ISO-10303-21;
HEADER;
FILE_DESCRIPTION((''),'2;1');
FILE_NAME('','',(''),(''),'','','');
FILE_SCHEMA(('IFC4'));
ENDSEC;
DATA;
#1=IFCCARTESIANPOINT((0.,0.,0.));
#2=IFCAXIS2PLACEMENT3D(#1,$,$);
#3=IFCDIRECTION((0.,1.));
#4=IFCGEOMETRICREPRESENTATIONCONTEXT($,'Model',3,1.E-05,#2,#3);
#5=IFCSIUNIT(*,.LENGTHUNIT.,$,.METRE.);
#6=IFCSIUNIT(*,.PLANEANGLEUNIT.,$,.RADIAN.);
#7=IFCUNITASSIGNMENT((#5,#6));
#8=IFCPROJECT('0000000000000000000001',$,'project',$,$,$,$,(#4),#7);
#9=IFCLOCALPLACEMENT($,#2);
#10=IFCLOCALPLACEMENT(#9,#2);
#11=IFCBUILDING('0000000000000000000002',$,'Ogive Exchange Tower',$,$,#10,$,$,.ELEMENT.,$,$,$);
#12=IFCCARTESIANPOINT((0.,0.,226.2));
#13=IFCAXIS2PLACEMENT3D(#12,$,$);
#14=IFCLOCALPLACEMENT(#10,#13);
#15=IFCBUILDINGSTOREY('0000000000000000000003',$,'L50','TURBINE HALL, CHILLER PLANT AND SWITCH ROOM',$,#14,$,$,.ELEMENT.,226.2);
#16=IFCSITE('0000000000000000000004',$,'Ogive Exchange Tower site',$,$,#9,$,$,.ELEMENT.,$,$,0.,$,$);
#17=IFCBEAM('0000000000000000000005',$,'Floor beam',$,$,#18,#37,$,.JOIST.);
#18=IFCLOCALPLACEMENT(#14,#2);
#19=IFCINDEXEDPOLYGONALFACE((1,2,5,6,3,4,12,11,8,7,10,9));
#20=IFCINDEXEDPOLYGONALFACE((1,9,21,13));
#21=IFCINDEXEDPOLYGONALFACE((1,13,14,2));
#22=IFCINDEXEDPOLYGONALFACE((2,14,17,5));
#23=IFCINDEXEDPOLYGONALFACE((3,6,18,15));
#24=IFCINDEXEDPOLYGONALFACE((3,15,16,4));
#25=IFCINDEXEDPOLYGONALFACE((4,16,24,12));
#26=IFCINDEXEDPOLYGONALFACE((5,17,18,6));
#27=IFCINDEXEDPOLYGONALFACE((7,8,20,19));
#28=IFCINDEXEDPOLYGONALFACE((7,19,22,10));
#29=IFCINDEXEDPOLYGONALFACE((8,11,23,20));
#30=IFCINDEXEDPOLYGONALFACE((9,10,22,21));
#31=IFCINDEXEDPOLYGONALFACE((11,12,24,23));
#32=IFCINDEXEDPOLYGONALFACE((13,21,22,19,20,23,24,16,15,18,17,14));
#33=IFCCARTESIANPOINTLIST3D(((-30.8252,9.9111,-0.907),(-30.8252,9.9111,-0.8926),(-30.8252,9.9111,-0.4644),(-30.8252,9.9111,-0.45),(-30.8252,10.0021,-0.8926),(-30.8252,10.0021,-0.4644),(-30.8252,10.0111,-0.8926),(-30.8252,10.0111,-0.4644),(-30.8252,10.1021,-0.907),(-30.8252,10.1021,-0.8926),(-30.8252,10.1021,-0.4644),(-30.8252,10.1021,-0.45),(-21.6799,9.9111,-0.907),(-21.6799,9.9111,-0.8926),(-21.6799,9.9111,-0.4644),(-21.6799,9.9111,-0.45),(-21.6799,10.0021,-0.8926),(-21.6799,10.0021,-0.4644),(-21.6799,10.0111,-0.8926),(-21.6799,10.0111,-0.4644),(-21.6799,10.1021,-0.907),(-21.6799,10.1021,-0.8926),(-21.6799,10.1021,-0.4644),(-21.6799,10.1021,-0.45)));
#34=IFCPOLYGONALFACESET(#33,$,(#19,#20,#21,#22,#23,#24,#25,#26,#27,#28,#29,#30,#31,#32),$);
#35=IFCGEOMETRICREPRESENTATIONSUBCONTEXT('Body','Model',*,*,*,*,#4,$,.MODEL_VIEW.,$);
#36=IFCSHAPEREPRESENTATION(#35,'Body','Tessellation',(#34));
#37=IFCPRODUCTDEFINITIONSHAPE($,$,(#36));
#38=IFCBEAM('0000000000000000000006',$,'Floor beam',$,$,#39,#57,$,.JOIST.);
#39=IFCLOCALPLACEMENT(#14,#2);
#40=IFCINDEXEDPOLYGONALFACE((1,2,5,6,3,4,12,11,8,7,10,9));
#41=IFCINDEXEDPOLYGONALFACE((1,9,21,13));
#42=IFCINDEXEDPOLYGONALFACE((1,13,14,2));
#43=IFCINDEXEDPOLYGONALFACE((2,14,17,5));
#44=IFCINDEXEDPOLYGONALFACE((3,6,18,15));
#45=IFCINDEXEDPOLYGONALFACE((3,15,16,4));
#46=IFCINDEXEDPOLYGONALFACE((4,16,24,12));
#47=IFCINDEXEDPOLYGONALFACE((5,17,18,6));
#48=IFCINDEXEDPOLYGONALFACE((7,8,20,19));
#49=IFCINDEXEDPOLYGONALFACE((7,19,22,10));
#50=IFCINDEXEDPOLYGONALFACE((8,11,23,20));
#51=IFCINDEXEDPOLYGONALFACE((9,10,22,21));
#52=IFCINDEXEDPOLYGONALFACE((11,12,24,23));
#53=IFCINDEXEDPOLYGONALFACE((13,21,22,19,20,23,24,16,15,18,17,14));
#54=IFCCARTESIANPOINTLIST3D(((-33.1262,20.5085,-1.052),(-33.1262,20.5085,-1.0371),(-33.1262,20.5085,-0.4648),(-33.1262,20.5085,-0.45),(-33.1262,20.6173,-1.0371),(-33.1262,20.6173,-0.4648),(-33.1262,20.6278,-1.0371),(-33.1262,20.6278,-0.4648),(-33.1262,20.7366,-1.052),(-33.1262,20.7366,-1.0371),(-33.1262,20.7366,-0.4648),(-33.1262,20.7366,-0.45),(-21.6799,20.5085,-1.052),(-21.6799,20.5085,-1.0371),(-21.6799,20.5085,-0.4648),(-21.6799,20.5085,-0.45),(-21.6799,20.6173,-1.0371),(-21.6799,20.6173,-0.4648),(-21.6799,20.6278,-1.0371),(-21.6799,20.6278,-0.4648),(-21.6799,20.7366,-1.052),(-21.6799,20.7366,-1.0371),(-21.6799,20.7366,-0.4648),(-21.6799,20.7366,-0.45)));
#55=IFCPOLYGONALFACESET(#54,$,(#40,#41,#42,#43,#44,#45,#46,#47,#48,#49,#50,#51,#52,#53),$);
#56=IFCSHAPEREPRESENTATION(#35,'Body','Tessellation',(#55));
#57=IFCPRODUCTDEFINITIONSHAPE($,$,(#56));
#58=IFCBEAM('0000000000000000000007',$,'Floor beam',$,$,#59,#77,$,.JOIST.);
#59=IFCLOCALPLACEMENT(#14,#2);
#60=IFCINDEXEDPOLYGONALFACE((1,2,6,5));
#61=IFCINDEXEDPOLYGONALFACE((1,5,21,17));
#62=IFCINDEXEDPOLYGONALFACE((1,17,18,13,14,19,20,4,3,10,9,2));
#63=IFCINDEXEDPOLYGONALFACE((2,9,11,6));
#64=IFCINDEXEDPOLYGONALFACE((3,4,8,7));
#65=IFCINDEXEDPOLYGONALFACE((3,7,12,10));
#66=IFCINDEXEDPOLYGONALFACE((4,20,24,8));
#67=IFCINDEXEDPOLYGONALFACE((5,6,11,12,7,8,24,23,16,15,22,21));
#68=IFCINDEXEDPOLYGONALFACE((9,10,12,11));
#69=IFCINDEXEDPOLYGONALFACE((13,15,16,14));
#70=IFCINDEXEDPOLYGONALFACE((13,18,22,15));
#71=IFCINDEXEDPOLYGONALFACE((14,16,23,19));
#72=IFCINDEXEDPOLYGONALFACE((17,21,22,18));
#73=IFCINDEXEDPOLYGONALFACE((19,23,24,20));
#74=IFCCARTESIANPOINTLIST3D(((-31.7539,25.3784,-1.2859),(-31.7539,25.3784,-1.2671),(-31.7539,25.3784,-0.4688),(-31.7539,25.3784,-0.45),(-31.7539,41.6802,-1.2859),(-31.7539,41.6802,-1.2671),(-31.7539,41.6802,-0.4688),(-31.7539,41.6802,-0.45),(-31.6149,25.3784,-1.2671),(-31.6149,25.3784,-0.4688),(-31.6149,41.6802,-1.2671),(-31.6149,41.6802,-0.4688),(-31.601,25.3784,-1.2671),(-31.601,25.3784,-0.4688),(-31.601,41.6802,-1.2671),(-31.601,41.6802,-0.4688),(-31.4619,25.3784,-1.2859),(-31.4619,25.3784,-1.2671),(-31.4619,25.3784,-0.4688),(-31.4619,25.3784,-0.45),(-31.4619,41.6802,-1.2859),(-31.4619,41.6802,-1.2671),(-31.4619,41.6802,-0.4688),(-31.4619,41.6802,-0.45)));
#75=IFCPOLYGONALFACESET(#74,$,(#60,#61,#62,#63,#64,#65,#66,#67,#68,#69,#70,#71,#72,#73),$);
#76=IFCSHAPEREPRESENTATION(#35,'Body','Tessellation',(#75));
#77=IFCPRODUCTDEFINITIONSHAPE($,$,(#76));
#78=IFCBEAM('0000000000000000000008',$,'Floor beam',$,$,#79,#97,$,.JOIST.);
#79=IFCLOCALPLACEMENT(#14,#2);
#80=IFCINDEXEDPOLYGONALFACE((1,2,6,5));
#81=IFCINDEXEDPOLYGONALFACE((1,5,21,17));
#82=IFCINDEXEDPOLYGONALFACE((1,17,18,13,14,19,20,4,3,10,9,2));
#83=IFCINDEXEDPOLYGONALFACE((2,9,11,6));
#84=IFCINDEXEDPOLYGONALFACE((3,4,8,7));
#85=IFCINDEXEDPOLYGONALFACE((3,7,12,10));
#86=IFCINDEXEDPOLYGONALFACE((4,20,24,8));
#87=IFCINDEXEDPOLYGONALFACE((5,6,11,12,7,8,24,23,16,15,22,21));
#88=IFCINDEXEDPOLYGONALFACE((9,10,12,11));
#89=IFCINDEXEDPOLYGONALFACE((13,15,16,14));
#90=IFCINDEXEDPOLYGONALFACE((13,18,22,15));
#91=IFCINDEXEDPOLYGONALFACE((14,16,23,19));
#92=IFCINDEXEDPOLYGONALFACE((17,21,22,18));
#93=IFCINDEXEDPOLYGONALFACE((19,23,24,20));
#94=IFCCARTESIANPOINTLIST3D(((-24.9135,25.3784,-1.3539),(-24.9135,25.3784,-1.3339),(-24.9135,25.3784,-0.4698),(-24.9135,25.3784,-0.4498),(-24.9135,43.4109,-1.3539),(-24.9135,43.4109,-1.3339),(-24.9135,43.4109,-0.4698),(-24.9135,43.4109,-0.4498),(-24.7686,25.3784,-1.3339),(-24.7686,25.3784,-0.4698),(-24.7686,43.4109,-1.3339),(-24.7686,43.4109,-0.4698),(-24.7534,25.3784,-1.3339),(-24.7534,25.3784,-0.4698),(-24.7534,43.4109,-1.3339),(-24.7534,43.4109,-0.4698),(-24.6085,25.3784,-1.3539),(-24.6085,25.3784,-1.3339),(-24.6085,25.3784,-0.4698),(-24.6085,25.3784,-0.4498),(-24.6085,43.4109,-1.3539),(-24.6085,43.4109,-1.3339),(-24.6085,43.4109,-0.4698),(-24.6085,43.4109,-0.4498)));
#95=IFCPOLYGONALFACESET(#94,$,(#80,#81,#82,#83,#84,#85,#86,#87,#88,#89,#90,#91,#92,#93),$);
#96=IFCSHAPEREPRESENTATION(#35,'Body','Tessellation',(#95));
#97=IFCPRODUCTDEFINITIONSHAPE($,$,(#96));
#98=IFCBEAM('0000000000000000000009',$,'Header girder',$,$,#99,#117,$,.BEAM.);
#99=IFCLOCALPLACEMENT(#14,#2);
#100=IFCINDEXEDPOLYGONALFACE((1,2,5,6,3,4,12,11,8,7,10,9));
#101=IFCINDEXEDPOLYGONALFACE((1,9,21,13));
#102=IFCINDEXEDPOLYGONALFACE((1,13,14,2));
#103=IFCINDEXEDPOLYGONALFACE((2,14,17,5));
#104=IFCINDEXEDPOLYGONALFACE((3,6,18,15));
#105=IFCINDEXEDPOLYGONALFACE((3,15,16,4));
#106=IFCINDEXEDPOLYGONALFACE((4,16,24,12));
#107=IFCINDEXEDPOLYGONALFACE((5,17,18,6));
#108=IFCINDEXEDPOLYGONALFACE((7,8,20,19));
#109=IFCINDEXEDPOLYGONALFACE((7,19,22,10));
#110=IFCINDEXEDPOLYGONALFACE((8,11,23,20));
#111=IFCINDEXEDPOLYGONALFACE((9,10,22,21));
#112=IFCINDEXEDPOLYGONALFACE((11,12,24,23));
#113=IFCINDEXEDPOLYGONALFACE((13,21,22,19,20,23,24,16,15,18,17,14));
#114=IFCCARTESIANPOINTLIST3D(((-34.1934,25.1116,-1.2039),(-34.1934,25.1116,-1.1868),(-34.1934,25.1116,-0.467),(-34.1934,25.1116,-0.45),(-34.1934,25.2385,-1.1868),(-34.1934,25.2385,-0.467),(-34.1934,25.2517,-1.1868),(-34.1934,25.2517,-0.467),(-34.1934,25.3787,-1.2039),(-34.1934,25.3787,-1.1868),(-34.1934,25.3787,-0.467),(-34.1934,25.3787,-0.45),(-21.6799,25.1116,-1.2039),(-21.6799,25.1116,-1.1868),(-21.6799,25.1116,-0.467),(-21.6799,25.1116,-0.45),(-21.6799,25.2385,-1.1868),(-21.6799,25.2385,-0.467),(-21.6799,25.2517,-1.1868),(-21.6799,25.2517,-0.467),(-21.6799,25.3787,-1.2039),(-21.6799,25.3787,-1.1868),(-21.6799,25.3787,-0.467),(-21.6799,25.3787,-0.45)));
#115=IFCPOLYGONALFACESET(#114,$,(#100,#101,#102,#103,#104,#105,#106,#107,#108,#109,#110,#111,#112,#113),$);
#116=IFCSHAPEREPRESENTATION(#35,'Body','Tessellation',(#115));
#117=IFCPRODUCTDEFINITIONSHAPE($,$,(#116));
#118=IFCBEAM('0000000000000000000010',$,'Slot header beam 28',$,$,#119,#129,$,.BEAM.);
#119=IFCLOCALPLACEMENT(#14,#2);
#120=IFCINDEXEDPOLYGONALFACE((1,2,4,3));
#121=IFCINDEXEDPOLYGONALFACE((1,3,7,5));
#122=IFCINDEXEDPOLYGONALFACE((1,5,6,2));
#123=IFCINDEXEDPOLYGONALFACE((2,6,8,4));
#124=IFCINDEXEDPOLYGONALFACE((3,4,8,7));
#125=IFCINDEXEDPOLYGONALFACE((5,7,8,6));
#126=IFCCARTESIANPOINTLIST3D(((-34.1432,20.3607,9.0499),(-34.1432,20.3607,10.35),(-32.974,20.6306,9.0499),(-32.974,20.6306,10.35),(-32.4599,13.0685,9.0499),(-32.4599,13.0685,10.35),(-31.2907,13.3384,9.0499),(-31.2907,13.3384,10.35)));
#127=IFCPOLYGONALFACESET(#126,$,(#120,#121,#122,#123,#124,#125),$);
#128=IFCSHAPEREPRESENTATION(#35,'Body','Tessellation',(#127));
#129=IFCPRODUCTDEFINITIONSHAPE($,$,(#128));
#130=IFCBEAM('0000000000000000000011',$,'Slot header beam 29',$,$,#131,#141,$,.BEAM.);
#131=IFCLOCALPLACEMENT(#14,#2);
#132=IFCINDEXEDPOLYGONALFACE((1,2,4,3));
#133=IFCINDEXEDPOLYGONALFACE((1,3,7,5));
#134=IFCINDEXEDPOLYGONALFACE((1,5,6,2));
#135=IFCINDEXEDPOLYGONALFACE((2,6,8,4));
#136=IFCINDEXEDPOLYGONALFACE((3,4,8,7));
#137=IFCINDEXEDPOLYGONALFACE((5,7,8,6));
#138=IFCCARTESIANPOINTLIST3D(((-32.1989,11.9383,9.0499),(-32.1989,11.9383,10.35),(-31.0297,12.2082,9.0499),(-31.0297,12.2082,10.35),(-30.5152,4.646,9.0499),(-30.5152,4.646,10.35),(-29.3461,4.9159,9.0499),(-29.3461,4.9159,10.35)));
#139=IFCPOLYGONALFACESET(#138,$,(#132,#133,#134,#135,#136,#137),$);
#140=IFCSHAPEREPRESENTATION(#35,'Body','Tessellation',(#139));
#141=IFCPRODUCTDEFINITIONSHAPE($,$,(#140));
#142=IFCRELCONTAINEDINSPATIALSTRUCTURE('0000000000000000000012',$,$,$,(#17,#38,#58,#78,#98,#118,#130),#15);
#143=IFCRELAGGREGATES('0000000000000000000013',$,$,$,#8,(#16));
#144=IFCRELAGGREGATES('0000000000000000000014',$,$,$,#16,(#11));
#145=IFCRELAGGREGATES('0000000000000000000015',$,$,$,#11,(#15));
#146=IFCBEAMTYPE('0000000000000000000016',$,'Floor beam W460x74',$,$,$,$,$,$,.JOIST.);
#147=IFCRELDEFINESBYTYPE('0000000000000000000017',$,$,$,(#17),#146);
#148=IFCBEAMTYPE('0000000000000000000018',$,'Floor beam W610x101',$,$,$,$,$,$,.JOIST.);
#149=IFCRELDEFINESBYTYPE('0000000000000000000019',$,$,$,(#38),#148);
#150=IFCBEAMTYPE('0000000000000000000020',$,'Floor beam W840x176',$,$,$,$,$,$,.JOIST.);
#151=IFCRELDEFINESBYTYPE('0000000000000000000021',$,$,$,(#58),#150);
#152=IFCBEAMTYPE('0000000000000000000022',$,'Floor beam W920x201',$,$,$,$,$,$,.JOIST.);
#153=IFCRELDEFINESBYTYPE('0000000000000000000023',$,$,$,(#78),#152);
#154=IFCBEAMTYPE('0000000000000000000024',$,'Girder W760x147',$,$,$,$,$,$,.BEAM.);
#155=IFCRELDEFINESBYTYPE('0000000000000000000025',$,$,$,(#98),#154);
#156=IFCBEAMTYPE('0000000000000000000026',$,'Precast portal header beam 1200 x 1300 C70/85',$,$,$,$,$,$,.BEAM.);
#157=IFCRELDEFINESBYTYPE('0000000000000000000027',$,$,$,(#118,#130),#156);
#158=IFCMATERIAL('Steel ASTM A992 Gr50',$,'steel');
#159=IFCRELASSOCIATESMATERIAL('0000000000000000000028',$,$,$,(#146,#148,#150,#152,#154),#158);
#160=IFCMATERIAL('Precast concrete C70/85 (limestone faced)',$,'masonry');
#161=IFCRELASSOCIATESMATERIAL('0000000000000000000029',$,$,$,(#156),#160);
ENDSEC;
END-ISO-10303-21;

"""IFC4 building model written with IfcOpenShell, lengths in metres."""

from ifc_helpers import new_model, si_unit, direction, frame, origin, origin_2d, place, context, subcontext, project, spatial, rectangle, i_section, extrude, material, material_profile, profile_set, type_object, element, save


model = new_model("IFC4")

# Units and contexts
model_context = context("Model", 3, precision=1e-05, world=origin(), true_north=direction((0.0, 1.0)))
body_context = subcontext(model_context, "Body", "Model", "MODEL_VIEW")
ifc_project = project(units=[si_unit("LENGTHUNIT", "METRE"), si_unit("PLANEANGLEUNIT", "RADIAN")], contexts=[model_context])

# Site, building, storey
site_placement = place(None, origin())
site = spatial("IfcSite", under=ifc_project, at=site_placement, Name="Ogive Exchange Tower site", CompositionType="ELEMENT", RefElevation=0.0)
building_placement = place(site_placement, origin())
building = spatial("IfcBuilding", under=site, at=building_placement, Name="Ogive Exchange Tower", CompositionType="ELEMENT")
storey_placement = place(building_placement, frame((0.0, 0.0, 226.2)))
storey = spatial("IfcBuildingStorey", under=building, at=storey_placement, Name="L50", Description="TURBINE HALL, CHILLER PLANT AND SWITCH ROOM", CompositionType="ELEMENT", Elevation=226.2)

# Shared definitions
ifc_material_1 = material(Name="Precast concrete C70/85 (limestone faced)", Category="masonry")

# Beams
ifc_material_2 = material(Name="Steel ASTM A992 Gr50", Category="steel")
ifc_material_profile_1 = material_profile(ifc_material_2, i_section(OverallWidth=0.1909, OverallDepth=0.457, WebThickness=0.009, FlangeThickness=0.0144, at=origin_2d()), Name="W460x74")
ifc_profile_set_1 = profile_set([ifc_material_profile_1], Name="Steel ASTM A992 Gr50")
beam_type_1 = type_object("IfcBeamType", Name="Floor beam W460x74", PredefinedType="JOIST", material=ifc_profile_set_1)
beam_1_placement = place(storey_placement, frame((-30.8252, 10.0066, -0.6785), z_axis=(1.0, 0.0, 0.0), x_axis=(0.0, 1.0, 0.0)))
element("IfcBeam", 1, at=beam_1_placement, inside=storey, type_object=beam_type_1, Name="Floor beam", PredefinedType="JOIST", context=body_context, shape_type="SweptSolid", body=[
    extrude(i_section(OverallWidth=0.1909, OverallDepth=0.457, WebThickness=0.009, FlangeThickness=0.0144, at=origin_2d()), origin(), (0.0, 0.0, 1.0), 9.1453),
])
ifc_material_profile_2 = material_profile(ifc_material_2, i_section(OverallWidth=0.228, OverallDepth=0.6021, WebThickness=0.0105, FlangeThickness=0.0149, at=origin_2d()), Name="W610x101")
ifc_profile_set_2 = profile_set([ifc_material_profile_2], Name="Steel ASTM A992 Gr50")
beam_type_2 = type_object("IfcBeamType", Name="Floor beam W610x101", PredefinedType="JOIST", material=ifc_profile_set_2)
beam_2_placement = place(storey_placement, frame((-33.1262, 20.6226, -0.751), z_axis=(1.0, 0.0, 0.0), x_axis=(0.0, 1.0, 0.0)))
element("IfcBeam", 2, at=beam_2_placement, inside=storey, type_object=beam_type_2, Name="Floor beam", PredefinedType="JOIST", context=body_context, shape_type="SweptSolid", body=[
    extrude(i_section(OverallWidth=0.228, OverallDepth=0.6021, WebThickness=0.0105, FlangeThickness=0.0149, at=origin_2d()), origin(), (0.0, 0.0, 1.0), 11.4463),
])
ifc_material_profile_3 = material_profile(ifc_material_2, i_section(OverallWidth=0.292, OverallDepth=0.8359, WebThickness=0.0139, FlangeThickness=0.0188, at=origin_2d()), Name="W840x176")
ifc_profile_set_3 = profile_set([ifc_material_profile_3], Name="Steel ASTM A992 Gr50")
beam_type_3 = type_object("IfcBeamType", Name="Floor beam W840x176", PredefinedType="JOIST", material=ifc_profile_set_3)
beam_3_placement = place(storey_placement, frame((-31.6079, 25.3784, -0.8679), z_axis=(0.0, 1.0, 0.0), x_axis=(-1.0, 0.0, 0.0)))
element("IfcBeam", 3, at=beam_3_placement, inside=storey, type_object=beam_type_3, Name="Floor beam", PredefinedType="JOIST", context=body_context, shape_type="SweptSolid", body=[
    extrude(i_section(OverallWidth=0.292, OverallDepth=0.8359, WebThickness=0.0139, FlangeThickness=0.0188, at=origin_2d()), origin(), (0.0, 0.0, 1.0), 16.3018),
])
ifc_material_profile_4 = material_profile(ifc_material_2, i_section(OverallWidth=0.3049, OverallDepth=0.9041, WebThickness=0.0151, FlangeThickness=0.02, at=origin_2d()), Name="W920x201")
ifc_profile_set_4 = profile_set([ifc_material_profile_4], Name="Steel ASTM A992 Gr50")
beam_type_4 = type_object("IfcBeamType", Name="Floor beam W920x201", PredefinedType="JOIST", material=ifc_profile_set_4)
beam_4_placement = place(storey_placement, frame((-24.761, 25.3784, -0.9019), z_axis=(0.0, 1.0, 0.0), x_axis=(-1.0, 0.0, 0.0)))
element("IfcBeam", 4, at=beam_4_placement, inside=storey, type_object=beam_type_4, Name="Floor beam", PredefinedType="JOIST", context=body_context, shape_type="SweptSolid", body=[
    extrude(i_section(OverallWidth=0.3049, OverallDepth=0.9041, WebThickness=0.0151, FlangeThickness=0.02, at=origin_2d()), origin(), (0.0, 0.0, 1.0), 18.0325),
])
ifc_material_profile_5 = material_profile(ifc_material_2, i_section(OverallWidth=0.2671, OverallDepth=0.7539, WebThickness=0.0132, FlangeThickness=0.0171, at=origin_2d()), Name="W760x147")
ifc_profile_set_5 = profile_set([ifc_material_profile_5], Name="Steel ASTM A992 Gr50")
beam_type_5 = type_object("IfcBeamType", Name="Girder W760x147", PredefinedType="BEAM", material=ifc_profile_set_5)
beam_5_placement = place(storey_placement, frame((-34.1934, 25.2451, -0.8269), z_axis=(1.0, 0.0, 0.0), x_axis=(0.0, 1.0, 0.0)))
element("IfcBeam", 5, at=beam_5_placement, inside=storey, type_object=beam_type_5, Name="Header girder", PredefinedType="BEAM", context=body_context, shape_type="SweptSolid", body=[
    extrude(i_section(OverallWidth=0.2671, OverallDepth=0.7539, WebThickness=0.0132, FlangeThickness=0.0171, at=origin_2d()), origin(), (0.0, 0.0, 1.0), 12.5134),
])
ifc_material_profile_6 = material_profile(ifc_material_1, rectangle(XDim=1.2, YDim=1.3, at=origin_2d()), Name="1200 x 1300")
ifc_profile_set_6 = profile_set([ifc_material_profile_6], Name="Precast concrete C70/85 (limestone faced)")
beam_type_6 = type_object("IfcBeamType", Name="Precast portal header beam 1200 x 1300 C70/85", PredefinedType="BEAM", material=ifc_profile_set_6)
beam_6_placement = place(storey_placement, frame((-33.5586, 20.4956, 9.7), z_axis=(0.224926, -0.974376, 0.0), x_axis=(0.974376, 0.224926, 0.0)))
element("IfcBeam", 6, at=beam_6_placement, inside=storey, type_object=beam_type_6, Name="Slot header beam 28", PredefinedType="BEAM", context=body_context, shape_type="SweptSolid", body=[
    extrude(rectangle(XDim=1.2, YDim=1.3, at=origin_2d()), origin(), (0.0, 0.0, 1.0), 7.4839),
])
beam_7_placement = place(storey_placement, frame((-31.6143, 12.0732, 9.7), z_axis=(0.224957, -0.974369, 0.0), x_axis=(0.974369, 0.224957, 0.0)))
element("IfcBeam", 7, at=beam_7_placement, inside=storey, type_object=beam_type_6, Name="Slot header beam 29", PredefinedType="BEAM", context=body_context, shape_type="SweptSolid", body=[
    extrude(rectangle(XDim=1.2, YDim=1.3, at=origin_2d()), origin(), (0.0, 0.0, 1.0), 7.4841),
])

save(model, "model.ifc")
